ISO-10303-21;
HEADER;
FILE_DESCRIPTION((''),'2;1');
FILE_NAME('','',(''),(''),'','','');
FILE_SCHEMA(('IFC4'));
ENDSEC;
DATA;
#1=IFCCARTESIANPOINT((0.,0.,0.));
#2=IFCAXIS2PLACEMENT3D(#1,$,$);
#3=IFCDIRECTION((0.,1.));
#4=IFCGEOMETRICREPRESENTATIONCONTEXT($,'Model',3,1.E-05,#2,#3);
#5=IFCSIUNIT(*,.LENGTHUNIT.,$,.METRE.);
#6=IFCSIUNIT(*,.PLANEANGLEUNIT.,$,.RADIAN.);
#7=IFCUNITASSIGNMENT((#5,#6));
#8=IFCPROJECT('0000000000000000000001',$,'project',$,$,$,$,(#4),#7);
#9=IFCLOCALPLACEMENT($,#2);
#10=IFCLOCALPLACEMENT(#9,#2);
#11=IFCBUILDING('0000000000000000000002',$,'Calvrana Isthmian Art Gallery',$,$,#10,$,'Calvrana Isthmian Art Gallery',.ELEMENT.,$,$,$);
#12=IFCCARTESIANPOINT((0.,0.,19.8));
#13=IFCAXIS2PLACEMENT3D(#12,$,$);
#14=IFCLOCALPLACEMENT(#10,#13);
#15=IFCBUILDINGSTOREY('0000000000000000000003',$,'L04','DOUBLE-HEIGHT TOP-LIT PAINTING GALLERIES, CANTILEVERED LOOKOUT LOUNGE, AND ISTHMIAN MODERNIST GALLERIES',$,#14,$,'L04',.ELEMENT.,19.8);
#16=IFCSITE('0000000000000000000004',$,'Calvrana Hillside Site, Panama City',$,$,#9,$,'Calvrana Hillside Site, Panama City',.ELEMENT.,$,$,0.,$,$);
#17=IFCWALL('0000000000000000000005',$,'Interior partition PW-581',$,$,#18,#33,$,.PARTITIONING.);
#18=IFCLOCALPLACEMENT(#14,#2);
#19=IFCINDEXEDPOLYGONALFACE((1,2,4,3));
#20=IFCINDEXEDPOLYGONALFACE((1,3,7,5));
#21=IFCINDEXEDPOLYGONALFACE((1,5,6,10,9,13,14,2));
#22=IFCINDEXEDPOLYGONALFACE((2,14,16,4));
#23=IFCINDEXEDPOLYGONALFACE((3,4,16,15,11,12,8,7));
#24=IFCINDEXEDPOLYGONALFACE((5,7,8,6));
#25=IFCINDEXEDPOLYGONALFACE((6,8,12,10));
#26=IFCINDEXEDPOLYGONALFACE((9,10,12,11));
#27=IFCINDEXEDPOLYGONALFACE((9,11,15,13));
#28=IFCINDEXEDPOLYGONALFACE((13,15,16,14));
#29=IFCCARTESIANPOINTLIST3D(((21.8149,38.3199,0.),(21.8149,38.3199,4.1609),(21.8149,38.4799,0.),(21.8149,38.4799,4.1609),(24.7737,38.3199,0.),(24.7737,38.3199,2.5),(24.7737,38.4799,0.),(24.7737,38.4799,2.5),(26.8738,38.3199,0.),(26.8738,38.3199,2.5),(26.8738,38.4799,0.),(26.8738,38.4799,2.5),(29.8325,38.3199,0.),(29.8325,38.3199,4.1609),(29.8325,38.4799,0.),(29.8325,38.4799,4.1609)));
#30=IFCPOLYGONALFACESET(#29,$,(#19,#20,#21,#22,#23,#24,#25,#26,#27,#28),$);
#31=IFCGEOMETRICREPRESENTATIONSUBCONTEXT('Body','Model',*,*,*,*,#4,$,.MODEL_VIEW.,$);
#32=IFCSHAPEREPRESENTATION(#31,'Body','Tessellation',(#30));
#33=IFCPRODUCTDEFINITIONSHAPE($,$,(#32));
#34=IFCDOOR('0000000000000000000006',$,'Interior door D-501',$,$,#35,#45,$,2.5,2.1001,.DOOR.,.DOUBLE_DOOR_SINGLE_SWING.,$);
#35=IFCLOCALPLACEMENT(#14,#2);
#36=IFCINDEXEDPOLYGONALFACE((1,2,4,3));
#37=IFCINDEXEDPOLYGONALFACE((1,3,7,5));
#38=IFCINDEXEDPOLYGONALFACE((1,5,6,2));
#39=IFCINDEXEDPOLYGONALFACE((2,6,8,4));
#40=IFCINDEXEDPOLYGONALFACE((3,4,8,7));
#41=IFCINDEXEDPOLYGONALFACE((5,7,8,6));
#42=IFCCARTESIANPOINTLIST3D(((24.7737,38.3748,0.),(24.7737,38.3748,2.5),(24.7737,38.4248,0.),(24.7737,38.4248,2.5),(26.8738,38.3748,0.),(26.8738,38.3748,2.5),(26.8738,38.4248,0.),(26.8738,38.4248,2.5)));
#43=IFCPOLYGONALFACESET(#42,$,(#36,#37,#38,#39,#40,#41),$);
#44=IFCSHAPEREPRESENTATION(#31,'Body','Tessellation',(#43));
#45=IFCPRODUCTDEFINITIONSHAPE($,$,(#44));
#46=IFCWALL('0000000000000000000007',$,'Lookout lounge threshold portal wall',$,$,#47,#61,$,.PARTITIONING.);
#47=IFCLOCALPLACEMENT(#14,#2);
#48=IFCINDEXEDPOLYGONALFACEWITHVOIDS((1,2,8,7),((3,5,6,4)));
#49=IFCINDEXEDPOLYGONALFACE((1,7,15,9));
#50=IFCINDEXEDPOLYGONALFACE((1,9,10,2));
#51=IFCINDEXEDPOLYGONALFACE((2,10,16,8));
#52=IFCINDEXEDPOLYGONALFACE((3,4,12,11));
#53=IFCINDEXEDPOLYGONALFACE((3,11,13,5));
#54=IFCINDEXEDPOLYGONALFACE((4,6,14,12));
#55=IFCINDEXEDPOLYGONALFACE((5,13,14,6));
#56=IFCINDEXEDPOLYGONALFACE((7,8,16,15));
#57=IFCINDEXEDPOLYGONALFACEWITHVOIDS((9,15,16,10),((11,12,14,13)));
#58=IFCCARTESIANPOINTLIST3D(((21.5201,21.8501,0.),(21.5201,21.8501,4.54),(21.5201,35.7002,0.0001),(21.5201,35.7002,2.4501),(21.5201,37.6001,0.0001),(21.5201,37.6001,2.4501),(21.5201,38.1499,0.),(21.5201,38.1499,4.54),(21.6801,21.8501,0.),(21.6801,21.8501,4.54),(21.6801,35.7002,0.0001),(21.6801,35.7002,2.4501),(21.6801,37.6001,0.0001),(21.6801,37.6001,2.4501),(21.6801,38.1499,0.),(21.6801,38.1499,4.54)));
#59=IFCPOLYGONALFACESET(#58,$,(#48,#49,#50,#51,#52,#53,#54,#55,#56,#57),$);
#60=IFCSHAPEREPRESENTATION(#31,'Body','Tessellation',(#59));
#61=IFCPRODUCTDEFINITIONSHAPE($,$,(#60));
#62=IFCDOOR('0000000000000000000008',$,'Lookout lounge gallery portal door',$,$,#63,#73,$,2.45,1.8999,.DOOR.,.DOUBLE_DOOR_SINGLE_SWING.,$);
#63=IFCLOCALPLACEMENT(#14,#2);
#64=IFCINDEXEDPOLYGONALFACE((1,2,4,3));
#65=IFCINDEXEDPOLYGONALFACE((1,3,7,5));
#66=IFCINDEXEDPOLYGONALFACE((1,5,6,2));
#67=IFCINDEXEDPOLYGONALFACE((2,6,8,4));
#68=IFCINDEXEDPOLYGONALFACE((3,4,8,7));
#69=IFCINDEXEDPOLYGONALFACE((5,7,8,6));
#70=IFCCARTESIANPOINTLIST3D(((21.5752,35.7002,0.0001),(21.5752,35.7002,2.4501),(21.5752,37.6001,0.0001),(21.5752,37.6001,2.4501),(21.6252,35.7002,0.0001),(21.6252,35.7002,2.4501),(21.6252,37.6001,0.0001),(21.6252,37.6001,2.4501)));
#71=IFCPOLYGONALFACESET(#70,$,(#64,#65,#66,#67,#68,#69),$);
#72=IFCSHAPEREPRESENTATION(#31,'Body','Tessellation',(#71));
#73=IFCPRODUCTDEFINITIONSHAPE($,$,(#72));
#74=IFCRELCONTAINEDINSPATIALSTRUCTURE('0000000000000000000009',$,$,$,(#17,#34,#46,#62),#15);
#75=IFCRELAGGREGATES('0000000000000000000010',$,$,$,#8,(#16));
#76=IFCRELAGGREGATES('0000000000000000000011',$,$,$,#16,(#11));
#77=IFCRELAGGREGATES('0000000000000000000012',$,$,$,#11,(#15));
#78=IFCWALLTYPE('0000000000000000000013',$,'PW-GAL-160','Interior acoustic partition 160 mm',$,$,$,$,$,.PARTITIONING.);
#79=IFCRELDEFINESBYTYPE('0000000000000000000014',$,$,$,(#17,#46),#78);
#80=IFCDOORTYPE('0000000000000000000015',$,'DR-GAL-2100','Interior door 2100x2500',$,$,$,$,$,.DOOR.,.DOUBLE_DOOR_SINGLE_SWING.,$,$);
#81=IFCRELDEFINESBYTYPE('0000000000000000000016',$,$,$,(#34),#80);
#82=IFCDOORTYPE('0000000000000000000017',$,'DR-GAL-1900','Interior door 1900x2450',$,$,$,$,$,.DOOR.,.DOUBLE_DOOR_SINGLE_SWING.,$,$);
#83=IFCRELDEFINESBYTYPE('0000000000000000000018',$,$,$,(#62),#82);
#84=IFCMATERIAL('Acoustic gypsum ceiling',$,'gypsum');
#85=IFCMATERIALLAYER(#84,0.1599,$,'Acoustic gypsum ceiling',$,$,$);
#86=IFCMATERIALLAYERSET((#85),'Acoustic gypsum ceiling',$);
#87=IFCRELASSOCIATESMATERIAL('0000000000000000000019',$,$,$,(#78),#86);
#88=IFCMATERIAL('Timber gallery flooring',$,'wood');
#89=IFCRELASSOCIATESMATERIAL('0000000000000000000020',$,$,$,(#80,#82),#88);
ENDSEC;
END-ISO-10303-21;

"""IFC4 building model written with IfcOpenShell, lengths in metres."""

from ifc_helpers import new_model, si_unit, direction, frame, frame_2d, origin, place, context, subcontext, project, spatial, rectangle, extrude, material, layer, layer_set, type_object, element, fill, save


model = new_model("IFC4")

# Units and contexts
model_context = context("Model", 3, precision=1e-05, world=origin(), true_north=direction((0.0, 1.0)))
body_context = subcontext(model_context, "Body", "Model", "MODEL_VIEW")
ifc_project = project(units=[si_unit("LENGTHUNIT", "METRE"), si_unit("PLANEANGLEUNIT", "RADIAN")], contexts=[model_context])

# Site, building, storey
site_placement = place(None, origin())
site = spatial("IfcSite", under=ifc_project, at=site_placement, Name="Calvrana Hillside Site, Panama City", LongName="Calvrana Hillside Site, Panama City", CompositionType="ELEMENT", RefElevation=0.0)
building_placement = place(site_placement, origin())
building = spatial("IfcBuilding", under=site, at=building_placement, Name="Calvrana Isthmian Art Gallery", LongName="Calvrana Isthmian Art Gallery", CompositionType="ELEMENT")
storey_placement = place(building_placement, frame((0.0, 0.0, 19.8)))
storey = spatial("IfcBuildingStorey", under=building, at=storey_placement, Name="L04", Description="DOUBLE-HEIGHT TOP-LIT PAINTING GALLERIES, CANTILEVERED LOOKOUT LOUNGE, AND ISTHMIAN MODERNIST GALLERIES", LongName="L04", CompositionType="ELEMENT", Elevation=19.8)

# Walls, openings, doors
ifc_material_1 = material(Name="Acoustic gypsum ceiling", Category="gypsum")
ifc_layer_1 = layer(ifc_material_1, 0.1599, Name="Acoustic gypsum ceiling")
ifc_layer_set_1 = layer_set([ifc_layer_1], Name="Acoustic gypsum ceiling")
wall_type = type_object("IfcWallType", Name="PW-GAL-160", Description="Interior acoustic partition 160 mm", PredefinedType="PARTITIONING", material=ifc_layer_set_1)
ifc_material_2 = material(Name="Timber gallery flooring", Category="wood")
door_type_1 = type_object("IfcDoorType", Name="DR-GAL-2100", Description="Interior door 2100x2500", OperationType="DOUBLE_DOOR_SINGLE_SWING", PredefinedType="DOOR", material=ifc_material_2)
wall_1_placement = place(storey_placement, frame((21.8149, 38.3999, 0.0), z_axis=(0.0, 0.0, 1.0), x_axis=(1.0, 0.0, 0.0)))
wall_1 = element("IfcWall", 1, at=wall_1_placement, inside=storey, type_object=wall_type, Name="Interior partition PW-581", PredefinedType="PARTITIONING", context=body_context, shape_type="SweptSolid", body=[
    extrude(rectangle(XDim=8.0176, YDim=0.1599, at=frame_2d((4.0088, 0.0))), origin(), (0.0, 0.0, 1.0), 4.1609),
])
opening_1_placement = place(wall_1_placement, frame((2.9587, 0.0, 0.0)))
opening_1 = element("IfcOpeningElement", 2, at=opening_1_placement, cuts=wall_1, PredefinedType="OPENING", context=body_context, shape_type="SweptSolid", body=[
    extrude(rectangle(XDim=2.1001, YDim=2.5, at=frame_2d((1.05, 1.25))), frame((0.0, 0.0903, 0.0), z_axis=(0.0, -1.0, 0.0), x_axis=(1.0, 0.0, 0.0)), (0.0, 0.0, 1.0), 0.1804),
])
door_1_placement = place(opening_1_placement, origin())
door_1 = element("IfcDoor", 3, at=door_1_placement, inside=storey, type_object=door_type_1, Name="Interior door D-501", OperationType="DOUBLE_DOOR_SINGLE_SWING", OverallHeight=2.5, OverallWidth=2.1001, PredefinedType="DOOR", context=body_context, shape_type="SweptSolid", body=[
    extrude(rectangle(XDim=2.1001, YDim=2.5, at=frame_2d((1.05, 1.25))), frame((0.0, 0.0249, 0.0), z_axis=(0.0, -1.0, 0.0), x_axis=(1.0, 0.0, 0.0)), (0.0, 0.0, 1.0), 0.05),
])
fill(opening_1, door_1)
wall_2_placement = place(storey_placement, frame((21.6001, 21.8501, 0.0), z_axis=(0.0, 0.0, 1.0), x_axis=(0.0, 1.0, 0.0)))
wall_2 = element("IfcWall", 4, at=wall_2_placement, inside=storey, type_object=wall_type, Name="Lookout lounge threshold portal wall", PredefinedType="PARTITIONING", context=body_context, shape_type="SweptSolid", body=[
    extrude(rectangle(XDim=16.2998, YDim=0.1599, at=frame_2d((8.1499, 0.0))), origin(), (0.0, 0.0, 1.0), 4.54),
])
opening_2_placement = place(wall_2_placement, frame((13.8501, 0.0, 0.0)))
opening_2 = element("IfcOpeningElement", 5, at=opening_2_placement, cuts=wall_2, PredefinedType="OPENING", context=body_context, shape_type="SweptSolid", body=[
    extrude(rectangle(XDim=1.8999, YDim=2.45, at=frame_2d((0.95, 1.2251))), frame((0.0, 0.0903, 0.0), z_axis=(0.0, -1.0, 0.0), x_axis=(1.0, 0.0, 0.0)), (0.0, 0.0, 1.0), 0.1804),
])
door_type_2 = type_object("IfcDoorType", Name="DR-GAL-1900", Description="Interior door 1900x2450", OperationType="DOUBLE_DOOR_SINGLE_SWING", PredefinedType="DOOR", material=ifc_material_2)
door_2_placement = place(opening_2_placement, origin())
door_2 = element("IfcDoor", 6, at=door_2_placement, inside=storey, type_object=door_type_2, Name="Lookout lounge gallery portal door", OperationType="DOUBLE_DOOR_SINGLE_SWING", OverallHeight=2.45, OverallWidth=1.8999, PredefinedType="DOOR", context=body_context, shape_type="SweptSolid", body=[
    extrude(rectangle(XDim=1.8999, YDim=2.45, at=frame_2d((0.95, 1.2251))), frame((0.0, 0.0249, 0.0), z_axis=(0.0, -1.0, 0.0), x_axis=(1.0, 0.0, 0.0)), (0.0, 0.0, 1.0), 0.05),
])
fill(opening_2, door_2)

save(model, "model.ifc")
